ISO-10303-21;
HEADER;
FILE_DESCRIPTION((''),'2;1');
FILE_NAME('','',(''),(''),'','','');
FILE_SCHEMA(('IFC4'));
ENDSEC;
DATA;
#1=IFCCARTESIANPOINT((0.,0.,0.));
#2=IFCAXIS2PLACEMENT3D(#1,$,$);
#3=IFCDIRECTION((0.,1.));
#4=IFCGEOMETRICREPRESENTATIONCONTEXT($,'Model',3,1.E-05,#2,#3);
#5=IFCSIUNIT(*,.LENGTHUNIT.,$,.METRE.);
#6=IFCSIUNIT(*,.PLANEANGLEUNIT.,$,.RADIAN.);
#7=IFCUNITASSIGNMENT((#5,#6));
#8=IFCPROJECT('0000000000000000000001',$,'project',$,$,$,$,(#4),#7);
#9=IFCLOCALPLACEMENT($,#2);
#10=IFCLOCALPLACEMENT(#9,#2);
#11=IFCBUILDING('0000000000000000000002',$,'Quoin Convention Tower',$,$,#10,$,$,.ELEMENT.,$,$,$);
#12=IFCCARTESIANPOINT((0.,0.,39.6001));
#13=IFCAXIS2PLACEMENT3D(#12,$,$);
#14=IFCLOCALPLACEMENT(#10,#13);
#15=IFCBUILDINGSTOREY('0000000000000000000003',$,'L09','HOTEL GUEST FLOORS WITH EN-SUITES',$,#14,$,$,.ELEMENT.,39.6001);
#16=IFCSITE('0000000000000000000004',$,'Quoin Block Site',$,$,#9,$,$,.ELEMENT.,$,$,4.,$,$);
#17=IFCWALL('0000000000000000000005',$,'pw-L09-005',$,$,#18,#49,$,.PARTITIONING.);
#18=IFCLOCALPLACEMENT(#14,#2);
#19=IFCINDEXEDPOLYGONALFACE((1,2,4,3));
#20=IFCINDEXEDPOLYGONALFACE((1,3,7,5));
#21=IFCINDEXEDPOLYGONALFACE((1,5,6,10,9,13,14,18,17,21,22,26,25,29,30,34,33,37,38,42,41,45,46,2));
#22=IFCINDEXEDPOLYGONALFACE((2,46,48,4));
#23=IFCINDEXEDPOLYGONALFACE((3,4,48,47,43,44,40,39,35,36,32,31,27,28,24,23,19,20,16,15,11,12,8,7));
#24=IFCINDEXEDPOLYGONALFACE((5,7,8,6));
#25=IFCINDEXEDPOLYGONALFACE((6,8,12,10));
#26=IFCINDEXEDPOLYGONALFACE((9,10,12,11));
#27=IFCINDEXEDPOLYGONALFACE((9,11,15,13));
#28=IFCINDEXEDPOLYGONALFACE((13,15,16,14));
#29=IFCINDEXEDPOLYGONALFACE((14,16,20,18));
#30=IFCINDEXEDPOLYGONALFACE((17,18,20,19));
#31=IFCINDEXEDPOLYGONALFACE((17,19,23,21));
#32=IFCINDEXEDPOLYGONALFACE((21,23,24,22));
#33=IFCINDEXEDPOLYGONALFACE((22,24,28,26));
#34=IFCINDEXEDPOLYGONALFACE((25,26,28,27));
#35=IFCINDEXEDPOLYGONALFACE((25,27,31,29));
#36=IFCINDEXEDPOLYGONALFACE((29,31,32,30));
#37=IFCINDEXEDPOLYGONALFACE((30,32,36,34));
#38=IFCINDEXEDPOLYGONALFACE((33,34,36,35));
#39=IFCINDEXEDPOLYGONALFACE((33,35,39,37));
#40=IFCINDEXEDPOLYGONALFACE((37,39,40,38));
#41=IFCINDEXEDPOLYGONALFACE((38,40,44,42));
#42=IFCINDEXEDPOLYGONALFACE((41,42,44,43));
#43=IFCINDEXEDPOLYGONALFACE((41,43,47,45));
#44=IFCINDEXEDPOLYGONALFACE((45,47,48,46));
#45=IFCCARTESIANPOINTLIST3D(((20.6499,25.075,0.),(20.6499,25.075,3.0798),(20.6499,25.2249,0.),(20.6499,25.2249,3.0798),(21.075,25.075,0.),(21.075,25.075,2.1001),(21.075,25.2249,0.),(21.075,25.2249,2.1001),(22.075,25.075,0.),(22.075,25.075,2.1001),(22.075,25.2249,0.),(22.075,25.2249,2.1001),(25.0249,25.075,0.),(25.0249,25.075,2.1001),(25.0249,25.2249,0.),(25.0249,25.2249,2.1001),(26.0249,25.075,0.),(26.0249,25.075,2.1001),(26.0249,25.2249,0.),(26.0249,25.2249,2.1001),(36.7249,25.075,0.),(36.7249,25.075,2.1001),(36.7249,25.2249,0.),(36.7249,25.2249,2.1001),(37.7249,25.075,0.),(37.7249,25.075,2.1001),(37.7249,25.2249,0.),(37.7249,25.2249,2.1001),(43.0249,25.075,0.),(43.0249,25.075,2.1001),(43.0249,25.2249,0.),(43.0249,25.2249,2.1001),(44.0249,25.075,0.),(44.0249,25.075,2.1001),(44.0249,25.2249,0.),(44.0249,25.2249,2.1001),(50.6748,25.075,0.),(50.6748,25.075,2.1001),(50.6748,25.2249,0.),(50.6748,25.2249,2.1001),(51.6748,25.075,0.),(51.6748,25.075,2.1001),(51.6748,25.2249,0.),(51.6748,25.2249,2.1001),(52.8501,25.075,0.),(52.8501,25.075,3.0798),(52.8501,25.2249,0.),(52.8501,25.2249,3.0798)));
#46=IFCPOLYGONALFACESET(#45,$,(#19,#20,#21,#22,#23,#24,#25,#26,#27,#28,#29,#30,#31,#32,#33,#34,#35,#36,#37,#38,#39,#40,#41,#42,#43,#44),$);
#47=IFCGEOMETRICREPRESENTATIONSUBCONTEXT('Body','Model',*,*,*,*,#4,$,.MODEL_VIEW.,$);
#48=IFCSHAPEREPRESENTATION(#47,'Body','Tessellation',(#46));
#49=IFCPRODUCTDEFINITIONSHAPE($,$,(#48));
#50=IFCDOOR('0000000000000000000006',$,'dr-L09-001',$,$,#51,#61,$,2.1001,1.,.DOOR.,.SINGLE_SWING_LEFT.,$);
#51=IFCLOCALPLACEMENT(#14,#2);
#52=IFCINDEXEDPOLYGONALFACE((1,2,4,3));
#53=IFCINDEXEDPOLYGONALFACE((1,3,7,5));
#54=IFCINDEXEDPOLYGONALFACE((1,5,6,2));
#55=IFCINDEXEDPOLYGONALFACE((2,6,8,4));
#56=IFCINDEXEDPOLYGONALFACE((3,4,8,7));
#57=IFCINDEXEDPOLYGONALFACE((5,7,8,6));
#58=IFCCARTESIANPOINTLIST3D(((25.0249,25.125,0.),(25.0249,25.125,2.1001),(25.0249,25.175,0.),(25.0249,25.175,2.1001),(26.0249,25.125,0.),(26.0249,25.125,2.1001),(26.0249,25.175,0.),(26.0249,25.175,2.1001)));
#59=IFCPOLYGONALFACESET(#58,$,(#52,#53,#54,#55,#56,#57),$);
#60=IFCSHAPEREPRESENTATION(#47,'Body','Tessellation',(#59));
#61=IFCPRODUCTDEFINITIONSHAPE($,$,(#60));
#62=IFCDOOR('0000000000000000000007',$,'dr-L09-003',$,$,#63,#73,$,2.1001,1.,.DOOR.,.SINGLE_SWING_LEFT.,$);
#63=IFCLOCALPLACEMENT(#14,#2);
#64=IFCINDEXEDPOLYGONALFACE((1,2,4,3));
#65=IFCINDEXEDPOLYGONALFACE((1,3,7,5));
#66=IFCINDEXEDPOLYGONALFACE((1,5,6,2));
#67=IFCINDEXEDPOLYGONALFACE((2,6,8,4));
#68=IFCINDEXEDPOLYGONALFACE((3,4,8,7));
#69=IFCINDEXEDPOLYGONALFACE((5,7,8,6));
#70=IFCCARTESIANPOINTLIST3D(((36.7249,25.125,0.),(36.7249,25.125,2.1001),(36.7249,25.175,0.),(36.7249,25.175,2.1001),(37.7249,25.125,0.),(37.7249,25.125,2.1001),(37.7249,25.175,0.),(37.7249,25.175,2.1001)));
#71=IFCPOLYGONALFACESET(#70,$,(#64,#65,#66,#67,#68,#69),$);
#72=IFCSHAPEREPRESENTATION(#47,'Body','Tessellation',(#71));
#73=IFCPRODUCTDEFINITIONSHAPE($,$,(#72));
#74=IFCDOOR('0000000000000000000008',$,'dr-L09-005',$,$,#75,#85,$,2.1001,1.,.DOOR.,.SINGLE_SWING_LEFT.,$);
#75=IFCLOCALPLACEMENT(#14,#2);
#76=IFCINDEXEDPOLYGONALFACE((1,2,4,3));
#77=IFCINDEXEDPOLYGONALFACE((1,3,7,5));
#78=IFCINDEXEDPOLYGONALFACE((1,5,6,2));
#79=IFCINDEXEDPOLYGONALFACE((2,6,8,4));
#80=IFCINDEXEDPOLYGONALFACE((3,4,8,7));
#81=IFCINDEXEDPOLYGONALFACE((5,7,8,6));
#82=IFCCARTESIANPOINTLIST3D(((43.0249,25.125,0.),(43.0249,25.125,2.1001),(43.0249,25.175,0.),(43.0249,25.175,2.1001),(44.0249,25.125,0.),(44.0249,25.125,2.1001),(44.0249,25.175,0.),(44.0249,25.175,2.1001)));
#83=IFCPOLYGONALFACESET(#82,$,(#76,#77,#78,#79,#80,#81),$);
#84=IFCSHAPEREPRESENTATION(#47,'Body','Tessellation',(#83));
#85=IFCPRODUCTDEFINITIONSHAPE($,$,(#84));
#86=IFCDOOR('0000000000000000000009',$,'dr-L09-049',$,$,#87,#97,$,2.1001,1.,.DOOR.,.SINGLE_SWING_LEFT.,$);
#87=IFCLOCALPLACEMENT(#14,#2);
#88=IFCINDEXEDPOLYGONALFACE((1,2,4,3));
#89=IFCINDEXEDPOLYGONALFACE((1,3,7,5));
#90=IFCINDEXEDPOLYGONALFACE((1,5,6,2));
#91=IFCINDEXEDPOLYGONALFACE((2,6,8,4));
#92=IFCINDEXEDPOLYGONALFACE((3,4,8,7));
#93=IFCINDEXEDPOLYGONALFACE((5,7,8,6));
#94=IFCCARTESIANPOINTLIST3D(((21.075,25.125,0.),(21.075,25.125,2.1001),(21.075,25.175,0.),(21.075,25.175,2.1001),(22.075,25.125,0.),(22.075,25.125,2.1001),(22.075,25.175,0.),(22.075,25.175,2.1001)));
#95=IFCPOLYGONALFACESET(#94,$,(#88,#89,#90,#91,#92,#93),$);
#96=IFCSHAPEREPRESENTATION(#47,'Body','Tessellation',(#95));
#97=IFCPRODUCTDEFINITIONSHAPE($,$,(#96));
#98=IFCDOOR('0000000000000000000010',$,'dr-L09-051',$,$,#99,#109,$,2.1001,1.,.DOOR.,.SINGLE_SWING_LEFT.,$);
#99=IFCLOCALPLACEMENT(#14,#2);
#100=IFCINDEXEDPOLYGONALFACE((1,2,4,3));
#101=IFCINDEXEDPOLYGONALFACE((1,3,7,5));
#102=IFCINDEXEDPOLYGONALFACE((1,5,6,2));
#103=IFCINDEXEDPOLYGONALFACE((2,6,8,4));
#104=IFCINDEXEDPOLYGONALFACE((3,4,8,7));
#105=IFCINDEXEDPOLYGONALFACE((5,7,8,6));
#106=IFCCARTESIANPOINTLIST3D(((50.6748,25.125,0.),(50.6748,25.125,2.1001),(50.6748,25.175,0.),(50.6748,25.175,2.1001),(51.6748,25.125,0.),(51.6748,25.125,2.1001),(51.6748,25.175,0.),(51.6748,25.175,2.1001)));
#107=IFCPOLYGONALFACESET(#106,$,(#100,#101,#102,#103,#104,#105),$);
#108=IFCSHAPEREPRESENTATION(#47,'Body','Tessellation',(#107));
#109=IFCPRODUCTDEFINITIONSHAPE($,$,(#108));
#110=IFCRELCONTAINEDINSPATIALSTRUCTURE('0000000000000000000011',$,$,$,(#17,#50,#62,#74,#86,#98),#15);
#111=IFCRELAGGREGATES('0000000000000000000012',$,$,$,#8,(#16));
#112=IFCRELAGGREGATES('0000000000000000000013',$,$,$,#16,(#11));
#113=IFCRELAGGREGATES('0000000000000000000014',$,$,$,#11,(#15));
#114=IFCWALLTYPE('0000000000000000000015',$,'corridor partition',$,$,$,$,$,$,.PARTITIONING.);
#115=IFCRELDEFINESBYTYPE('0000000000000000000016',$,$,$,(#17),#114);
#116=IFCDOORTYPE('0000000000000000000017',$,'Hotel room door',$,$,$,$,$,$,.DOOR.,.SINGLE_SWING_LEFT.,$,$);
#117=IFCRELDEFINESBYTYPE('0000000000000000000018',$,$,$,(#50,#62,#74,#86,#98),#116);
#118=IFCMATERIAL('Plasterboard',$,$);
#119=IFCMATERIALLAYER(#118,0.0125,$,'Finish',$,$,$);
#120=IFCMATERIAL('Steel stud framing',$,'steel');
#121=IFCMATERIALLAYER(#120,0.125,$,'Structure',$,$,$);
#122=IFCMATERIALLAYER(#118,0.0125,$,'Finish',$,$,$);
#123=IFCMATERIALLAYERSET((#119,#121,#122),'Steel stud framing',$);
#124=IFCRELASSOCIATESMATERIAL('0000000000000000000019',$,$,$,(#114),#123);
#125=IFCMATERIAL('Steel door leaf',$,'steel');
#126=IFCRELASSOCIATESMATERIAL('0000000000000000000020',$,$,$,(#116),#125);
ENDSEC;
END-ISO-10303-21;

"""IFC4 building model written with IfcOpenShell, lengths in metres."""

from ifc_helpers import new_model, si_unit, direction, frame, frame_2d, origin, place, context, subcontext, project, spatial, rectangle, extrude, material, layer, layer_set, type_object, element, fill, save


model = new_model("IFC4")

# Units and contexts
model_context = context("Model", 3, precision=1e-05, world=origin(), true_north=direction((0.0, 1.0)))
body_context = subcontext(model_context, "Body", "Model", "MODEL_VIEW")
ifc_project = project(units=[si_unit("LENGTHUNIT", "METRE"), si_unit("PLANEANGLEUNIT", "RADIAN")], contexts=[model_context])

# Site, building, storey
site_placement = place(None, origin())
site = spatial("IfcSite", under=ifc_project, at=site_placement, Name="Quoin Block Site", CompositionType="ELEMENT", RefElevation=4.0)
building_placement = place(site_placement, origin())
building = spatial("IfcBuilding", under=site, at=building_placement, Name="Quoin Convention Tower", CompositionType="ELEMENT")
storey_placement = place(building_placement, frame((0.0, 0.0, 39.6001)))
storey = spatial("IfcBuildingStorey", under=building, at=storey_placement, Name="L09", Description="HOTEL GUEST FLOORS WITH EN-SUITES", CompositionType="ELEMENT", Elevation=39.6001)

# Shared definitions
ifc_material_1 = material(Name="Steel door leaf", Category="steel")

# Wall, openings, doors
ifc_material_2 = material(Name="Plasterboard")
ifc_layer_1 = layer(ifc_material_2, 0.0125, Name="Finish")
ifc_material_3 = material(Name="Steel stud framing", Category="steel")
ifc_layer_2 = layer(ifc_material_3, 0.125, Name="Structure")
ifc_layer_3 = layer(ifc_material_2, 0.0125, Name="Finish")
ifc_layer_set_1 = layer_set([ifc_layer_1, ifc_layer_2, ifc_layer_3], Name="Steel stud framing")
wall_type_1 = type_object("IfcWallType", Name="corridor partition", PredefinedType="PARTITIONING", material=ifc_layer_set_1)
wall_1_placement = place(storey_placement, frame((20.6499, 25.1499, 0.0), z_axis=(0.0, 0.0, 1.0), x_axis=(1.0, 0.0, 0.0)))
wall_1 = element("IfcWall", 1, at=wall_1_placement, inside=storey, type_object=wall_type_1, Name="pw-L09-005", PredefinedType="PARTITIONING", context=body_context, shape_type="SweptSolid", body=[
    extrude(rectangle(XDim=32.2002, YDim=0.1499, at=frame_2d((16.1001, 0.0))), origin(), (0.0, 0.0, 1.0), 3.0798),
])
opening_1_placement = place(wall_1_placement, frame((4.375, 0.0, 0.0)))
opening_1 = element("IfcOpeningElement", 2, at=opening_1_placement, cuts=wall_1, PredefinedType="OPENING", context=body_context, shape_type="SweptSolid", body=[
    extrude(rectangle(XDim=1.0, YDim=2.1001, at=frame_2d((0.5, 1.05))), frame((0.0, 0.085, 0.0), z_axis=(0.0, -1.0, 0.0), x_axis=(1.0, 0.0, 0.0)), (0.0, 0.0, 1.0), 0.1699),
])
opening_2_placement = place(wall_1_placement, frame((16.075, 0.0, 0.0)))
opening_2 = element("IfcOpeningElement", 3, at=opening_2_placement, cuts=wall_1, PredefinedType="OPENING", context=body_context, shape_type="SweptSolid", body=[
    extrude(rectangle(XDim=1.0, YDim=2.1001, at=frame_2d((0.5, 1.05))), frame((0.0, 0.085, 0.0), z_axis=(0.0, -1.0, 0.0), x_axis=(1.0, 0.0, 0.0)), (0.0, 0.0, 1.0), 0.1699),
])
opening_3_placement = place(wall_1_placement, frame((22.375, 0.0, 0.0)))
opening_3 = element("IfcOpeningElement", 4, at=opening_3_placement, cuts=wall_1, PredefinedType="OPENING", context=body_context, shape_type="SweptSolid", body=[
    extrude(rectangle(XDim=1.0, YDim=2.1001, at=frame_2d((0.5, 1.05))), frame((0.0, 0.085, 0.0), z_axis=(0.0, -1.0, 0.0), x_axis=(1.0, 0.0, 0.0)), (0.0, 0.0, 1.0), 0.1699),
])
opening_4_placement = place(wall_1_placement, frame((0.425, 0.0, 0.0)))
opening_4 = element("IfcOpeningElement", 5, at=opening_4_placement, cuts=wall_1, PredefinedType="OPENING", context=body_context, shape_type="SweptSolid", body=[
    extrude(rectangle(XDim=1.0, YDim=2.1001, at=frame_2d((0.5, 1.05))), frame((0.0, 0.085, 0.0), z_axis=(0.0, -1.0, 0.0), x_axis=(1.0, 0.0, 0.0)), (0.0, 0.0, 1.0), 0.1699),
])
opening_5_placement = place(wall_1_placement, frame((30.0249, 0.0, 0.0)))
opening_5 = element("IfcOpeningElement", 6, at=opening_5_placement, cuts=wall_1, PredefinedType="OPENING", context=body_context, shape_type="SweptSolid", body=[
    extrude(rectangle(XDim=1.0, YDim=2.1001, at=frame_2d((0.5, 1.05))), frame((0.0, 0.085, 0.0), z_axis=(0.0, -1.0, 0.0), x_axis=(1.0, 0.0, 0.0)), (0.0, 0.0, 1.0), 0.1699),
])
door_type_1 = type_object("IfcDoorType", Name="Hotel room door", OperationType="SINGLE_SWING_LEFT", PredefinedType="DOOR", material=ifc_material_1)
door_1_placement = place(opening_1_placement, frame((1.0, 0.0, 0.0), z_axis=(0.0, 0.0, 1.0), x_axis=(-1.0, 0.0, 0.0)))
door_1 = element("IfcDoor", 7, at=door_1_placement, inside=storey, type_object=door_type_1, Name="dr-L09-001", OperationType="SINGLE_SWING_LEFT", OverallHeight=2.1001, OverallWidth=1.0, PredefinedType="DOOR", context=body_context, shape_type="SweptSolid", body=[
    extrude(rectangle(XDim=1.0, YDim=2.1001, at=frame_2d((0.5, 1.05))), frame((0.0, 0.0249, 0.0), z_axis=(0.0, -1.0, 0.0), x_axis=(1.0, 0.0, 0.0)), (0.0, 0.0, 1.0), 0.05),
])
fill(opening_1, door_1)
door_2_placement = place(opening_2_placement, frame((1.0, 0.0, 0.0), z_axis=(0.0, 0.0, 1.0), x_axis=(-1.0, 0.0, 0.0)))
door_2 = element("IfcDoor", 8, at=door_2_placement, inside=storey, type_object=door_type_1, Name="dr-L09-003", OperationType="SINGLE_SWING_LEFT", OverallHeight=2.1001, OverallWidth=1.0, PredefinedType="DOOR", context=body_context, shape_type="SweptSolid", body=[
    extrude(rectangle(XDim=1.0, YDim=2.1001, at=frame_2d((0.5, 1.05))), frame((0.0, 0.0249, 0.0), z_axis=(0.0, -1.0, 0.0), x_axis=(1.0, 0.0, 0.0)), (0.0, 0.0, 1.0), 0.05),
])
fill(opening_2, door_2)
door_3_placement = place(opening_3_placement, frame((1.0, 0.0, 0.0), z_axis=(0.0, 0.0, 1.0), x_axis=(-1.0, 0.0, 0.0)))
door_3 = element("IfcDoor", 9, at=door_3_placement, inside=storey, type_object=door_type_1, Name="dr-L09-005", OperationType="SINGLE_SWING_LEFT", OverallHeight=2.1001, OverallWidth=1.0, PredefinedType="DOOR", context=body_context, shape_type="SweptSolid", body=[
    extrude(rectangle(XDim=1.0, YDim=2.1001, at=frame_2d((0.5, 1.05))), frame((0.0, 0.0249, 0.0), z_axis=(0.0, -1.0, 0.0), x_axis=(1.0, 0.0, 0.0)), (0.0, 0.0, 1.0), 0.05),
])
fill(opening_3, door_3)
door_4_placement = place(opening_4_placement, frame((1.0, 0.0, 0.0), z_axis=(0.0, 0.0, 1.0), x_axis=(-1.0, 0.0, 0.0)))
door_4 = element("IfcDoor", 10, at=door_4_placement, inside=storey, type_object=door_type_1, Name="dr-L09-049", OperationType="SINGLE_SWING_LEFT", OverallHeight=2.1001, OverallWidth=1.0, PredefinedType="DOOR", context=body_context, shape_type="SweptSolid", body=[
    extrude(rectangle(XDim=1.0, YDim=2.1001, at=frame_2d((0.5, 1.05))), frame((0.0, 0.0249, 0.0), z_axis=(0.0, -1.0, 0.0), x_axis=(1.0, 0.0, 0.0)), (0.0, 0.0, 1.0), 0.05),
])
fill(opening_4, door_4)
door_5_placement = place(opening_5_placement, frame((1.0, 0.0, 0.0), z_axis=(0.0, 0.0, 1.0), x_axis=(-1.0, 0.0, 0.0)))
door_5 = element("IfcDoor", 11, at=door_5_placement, inside=storey, type_object=door_type_1, Name="dr-L09-051", OperationType="SINGLE_SWING_LEFT", OverallHeight=2.1001, OverallWidth=1.0, PredefinedType="DOOR", context=body_context, shape_type="SweptSolid", body=[
    extrude(rectangle(XDim=1.0, YDim=2.1001, at=frame_2d((0.5, 1.05))), frame((0.0, 0.0249, 0.0), z_axis=(0.0, -1.0, 0.0), x_axis=(1.0, 0.0, 0.0)), (0.0, 0.0, 1.0), 0.05),
])
fill(opening_5, door_5)

save(model, "model.ifc")
